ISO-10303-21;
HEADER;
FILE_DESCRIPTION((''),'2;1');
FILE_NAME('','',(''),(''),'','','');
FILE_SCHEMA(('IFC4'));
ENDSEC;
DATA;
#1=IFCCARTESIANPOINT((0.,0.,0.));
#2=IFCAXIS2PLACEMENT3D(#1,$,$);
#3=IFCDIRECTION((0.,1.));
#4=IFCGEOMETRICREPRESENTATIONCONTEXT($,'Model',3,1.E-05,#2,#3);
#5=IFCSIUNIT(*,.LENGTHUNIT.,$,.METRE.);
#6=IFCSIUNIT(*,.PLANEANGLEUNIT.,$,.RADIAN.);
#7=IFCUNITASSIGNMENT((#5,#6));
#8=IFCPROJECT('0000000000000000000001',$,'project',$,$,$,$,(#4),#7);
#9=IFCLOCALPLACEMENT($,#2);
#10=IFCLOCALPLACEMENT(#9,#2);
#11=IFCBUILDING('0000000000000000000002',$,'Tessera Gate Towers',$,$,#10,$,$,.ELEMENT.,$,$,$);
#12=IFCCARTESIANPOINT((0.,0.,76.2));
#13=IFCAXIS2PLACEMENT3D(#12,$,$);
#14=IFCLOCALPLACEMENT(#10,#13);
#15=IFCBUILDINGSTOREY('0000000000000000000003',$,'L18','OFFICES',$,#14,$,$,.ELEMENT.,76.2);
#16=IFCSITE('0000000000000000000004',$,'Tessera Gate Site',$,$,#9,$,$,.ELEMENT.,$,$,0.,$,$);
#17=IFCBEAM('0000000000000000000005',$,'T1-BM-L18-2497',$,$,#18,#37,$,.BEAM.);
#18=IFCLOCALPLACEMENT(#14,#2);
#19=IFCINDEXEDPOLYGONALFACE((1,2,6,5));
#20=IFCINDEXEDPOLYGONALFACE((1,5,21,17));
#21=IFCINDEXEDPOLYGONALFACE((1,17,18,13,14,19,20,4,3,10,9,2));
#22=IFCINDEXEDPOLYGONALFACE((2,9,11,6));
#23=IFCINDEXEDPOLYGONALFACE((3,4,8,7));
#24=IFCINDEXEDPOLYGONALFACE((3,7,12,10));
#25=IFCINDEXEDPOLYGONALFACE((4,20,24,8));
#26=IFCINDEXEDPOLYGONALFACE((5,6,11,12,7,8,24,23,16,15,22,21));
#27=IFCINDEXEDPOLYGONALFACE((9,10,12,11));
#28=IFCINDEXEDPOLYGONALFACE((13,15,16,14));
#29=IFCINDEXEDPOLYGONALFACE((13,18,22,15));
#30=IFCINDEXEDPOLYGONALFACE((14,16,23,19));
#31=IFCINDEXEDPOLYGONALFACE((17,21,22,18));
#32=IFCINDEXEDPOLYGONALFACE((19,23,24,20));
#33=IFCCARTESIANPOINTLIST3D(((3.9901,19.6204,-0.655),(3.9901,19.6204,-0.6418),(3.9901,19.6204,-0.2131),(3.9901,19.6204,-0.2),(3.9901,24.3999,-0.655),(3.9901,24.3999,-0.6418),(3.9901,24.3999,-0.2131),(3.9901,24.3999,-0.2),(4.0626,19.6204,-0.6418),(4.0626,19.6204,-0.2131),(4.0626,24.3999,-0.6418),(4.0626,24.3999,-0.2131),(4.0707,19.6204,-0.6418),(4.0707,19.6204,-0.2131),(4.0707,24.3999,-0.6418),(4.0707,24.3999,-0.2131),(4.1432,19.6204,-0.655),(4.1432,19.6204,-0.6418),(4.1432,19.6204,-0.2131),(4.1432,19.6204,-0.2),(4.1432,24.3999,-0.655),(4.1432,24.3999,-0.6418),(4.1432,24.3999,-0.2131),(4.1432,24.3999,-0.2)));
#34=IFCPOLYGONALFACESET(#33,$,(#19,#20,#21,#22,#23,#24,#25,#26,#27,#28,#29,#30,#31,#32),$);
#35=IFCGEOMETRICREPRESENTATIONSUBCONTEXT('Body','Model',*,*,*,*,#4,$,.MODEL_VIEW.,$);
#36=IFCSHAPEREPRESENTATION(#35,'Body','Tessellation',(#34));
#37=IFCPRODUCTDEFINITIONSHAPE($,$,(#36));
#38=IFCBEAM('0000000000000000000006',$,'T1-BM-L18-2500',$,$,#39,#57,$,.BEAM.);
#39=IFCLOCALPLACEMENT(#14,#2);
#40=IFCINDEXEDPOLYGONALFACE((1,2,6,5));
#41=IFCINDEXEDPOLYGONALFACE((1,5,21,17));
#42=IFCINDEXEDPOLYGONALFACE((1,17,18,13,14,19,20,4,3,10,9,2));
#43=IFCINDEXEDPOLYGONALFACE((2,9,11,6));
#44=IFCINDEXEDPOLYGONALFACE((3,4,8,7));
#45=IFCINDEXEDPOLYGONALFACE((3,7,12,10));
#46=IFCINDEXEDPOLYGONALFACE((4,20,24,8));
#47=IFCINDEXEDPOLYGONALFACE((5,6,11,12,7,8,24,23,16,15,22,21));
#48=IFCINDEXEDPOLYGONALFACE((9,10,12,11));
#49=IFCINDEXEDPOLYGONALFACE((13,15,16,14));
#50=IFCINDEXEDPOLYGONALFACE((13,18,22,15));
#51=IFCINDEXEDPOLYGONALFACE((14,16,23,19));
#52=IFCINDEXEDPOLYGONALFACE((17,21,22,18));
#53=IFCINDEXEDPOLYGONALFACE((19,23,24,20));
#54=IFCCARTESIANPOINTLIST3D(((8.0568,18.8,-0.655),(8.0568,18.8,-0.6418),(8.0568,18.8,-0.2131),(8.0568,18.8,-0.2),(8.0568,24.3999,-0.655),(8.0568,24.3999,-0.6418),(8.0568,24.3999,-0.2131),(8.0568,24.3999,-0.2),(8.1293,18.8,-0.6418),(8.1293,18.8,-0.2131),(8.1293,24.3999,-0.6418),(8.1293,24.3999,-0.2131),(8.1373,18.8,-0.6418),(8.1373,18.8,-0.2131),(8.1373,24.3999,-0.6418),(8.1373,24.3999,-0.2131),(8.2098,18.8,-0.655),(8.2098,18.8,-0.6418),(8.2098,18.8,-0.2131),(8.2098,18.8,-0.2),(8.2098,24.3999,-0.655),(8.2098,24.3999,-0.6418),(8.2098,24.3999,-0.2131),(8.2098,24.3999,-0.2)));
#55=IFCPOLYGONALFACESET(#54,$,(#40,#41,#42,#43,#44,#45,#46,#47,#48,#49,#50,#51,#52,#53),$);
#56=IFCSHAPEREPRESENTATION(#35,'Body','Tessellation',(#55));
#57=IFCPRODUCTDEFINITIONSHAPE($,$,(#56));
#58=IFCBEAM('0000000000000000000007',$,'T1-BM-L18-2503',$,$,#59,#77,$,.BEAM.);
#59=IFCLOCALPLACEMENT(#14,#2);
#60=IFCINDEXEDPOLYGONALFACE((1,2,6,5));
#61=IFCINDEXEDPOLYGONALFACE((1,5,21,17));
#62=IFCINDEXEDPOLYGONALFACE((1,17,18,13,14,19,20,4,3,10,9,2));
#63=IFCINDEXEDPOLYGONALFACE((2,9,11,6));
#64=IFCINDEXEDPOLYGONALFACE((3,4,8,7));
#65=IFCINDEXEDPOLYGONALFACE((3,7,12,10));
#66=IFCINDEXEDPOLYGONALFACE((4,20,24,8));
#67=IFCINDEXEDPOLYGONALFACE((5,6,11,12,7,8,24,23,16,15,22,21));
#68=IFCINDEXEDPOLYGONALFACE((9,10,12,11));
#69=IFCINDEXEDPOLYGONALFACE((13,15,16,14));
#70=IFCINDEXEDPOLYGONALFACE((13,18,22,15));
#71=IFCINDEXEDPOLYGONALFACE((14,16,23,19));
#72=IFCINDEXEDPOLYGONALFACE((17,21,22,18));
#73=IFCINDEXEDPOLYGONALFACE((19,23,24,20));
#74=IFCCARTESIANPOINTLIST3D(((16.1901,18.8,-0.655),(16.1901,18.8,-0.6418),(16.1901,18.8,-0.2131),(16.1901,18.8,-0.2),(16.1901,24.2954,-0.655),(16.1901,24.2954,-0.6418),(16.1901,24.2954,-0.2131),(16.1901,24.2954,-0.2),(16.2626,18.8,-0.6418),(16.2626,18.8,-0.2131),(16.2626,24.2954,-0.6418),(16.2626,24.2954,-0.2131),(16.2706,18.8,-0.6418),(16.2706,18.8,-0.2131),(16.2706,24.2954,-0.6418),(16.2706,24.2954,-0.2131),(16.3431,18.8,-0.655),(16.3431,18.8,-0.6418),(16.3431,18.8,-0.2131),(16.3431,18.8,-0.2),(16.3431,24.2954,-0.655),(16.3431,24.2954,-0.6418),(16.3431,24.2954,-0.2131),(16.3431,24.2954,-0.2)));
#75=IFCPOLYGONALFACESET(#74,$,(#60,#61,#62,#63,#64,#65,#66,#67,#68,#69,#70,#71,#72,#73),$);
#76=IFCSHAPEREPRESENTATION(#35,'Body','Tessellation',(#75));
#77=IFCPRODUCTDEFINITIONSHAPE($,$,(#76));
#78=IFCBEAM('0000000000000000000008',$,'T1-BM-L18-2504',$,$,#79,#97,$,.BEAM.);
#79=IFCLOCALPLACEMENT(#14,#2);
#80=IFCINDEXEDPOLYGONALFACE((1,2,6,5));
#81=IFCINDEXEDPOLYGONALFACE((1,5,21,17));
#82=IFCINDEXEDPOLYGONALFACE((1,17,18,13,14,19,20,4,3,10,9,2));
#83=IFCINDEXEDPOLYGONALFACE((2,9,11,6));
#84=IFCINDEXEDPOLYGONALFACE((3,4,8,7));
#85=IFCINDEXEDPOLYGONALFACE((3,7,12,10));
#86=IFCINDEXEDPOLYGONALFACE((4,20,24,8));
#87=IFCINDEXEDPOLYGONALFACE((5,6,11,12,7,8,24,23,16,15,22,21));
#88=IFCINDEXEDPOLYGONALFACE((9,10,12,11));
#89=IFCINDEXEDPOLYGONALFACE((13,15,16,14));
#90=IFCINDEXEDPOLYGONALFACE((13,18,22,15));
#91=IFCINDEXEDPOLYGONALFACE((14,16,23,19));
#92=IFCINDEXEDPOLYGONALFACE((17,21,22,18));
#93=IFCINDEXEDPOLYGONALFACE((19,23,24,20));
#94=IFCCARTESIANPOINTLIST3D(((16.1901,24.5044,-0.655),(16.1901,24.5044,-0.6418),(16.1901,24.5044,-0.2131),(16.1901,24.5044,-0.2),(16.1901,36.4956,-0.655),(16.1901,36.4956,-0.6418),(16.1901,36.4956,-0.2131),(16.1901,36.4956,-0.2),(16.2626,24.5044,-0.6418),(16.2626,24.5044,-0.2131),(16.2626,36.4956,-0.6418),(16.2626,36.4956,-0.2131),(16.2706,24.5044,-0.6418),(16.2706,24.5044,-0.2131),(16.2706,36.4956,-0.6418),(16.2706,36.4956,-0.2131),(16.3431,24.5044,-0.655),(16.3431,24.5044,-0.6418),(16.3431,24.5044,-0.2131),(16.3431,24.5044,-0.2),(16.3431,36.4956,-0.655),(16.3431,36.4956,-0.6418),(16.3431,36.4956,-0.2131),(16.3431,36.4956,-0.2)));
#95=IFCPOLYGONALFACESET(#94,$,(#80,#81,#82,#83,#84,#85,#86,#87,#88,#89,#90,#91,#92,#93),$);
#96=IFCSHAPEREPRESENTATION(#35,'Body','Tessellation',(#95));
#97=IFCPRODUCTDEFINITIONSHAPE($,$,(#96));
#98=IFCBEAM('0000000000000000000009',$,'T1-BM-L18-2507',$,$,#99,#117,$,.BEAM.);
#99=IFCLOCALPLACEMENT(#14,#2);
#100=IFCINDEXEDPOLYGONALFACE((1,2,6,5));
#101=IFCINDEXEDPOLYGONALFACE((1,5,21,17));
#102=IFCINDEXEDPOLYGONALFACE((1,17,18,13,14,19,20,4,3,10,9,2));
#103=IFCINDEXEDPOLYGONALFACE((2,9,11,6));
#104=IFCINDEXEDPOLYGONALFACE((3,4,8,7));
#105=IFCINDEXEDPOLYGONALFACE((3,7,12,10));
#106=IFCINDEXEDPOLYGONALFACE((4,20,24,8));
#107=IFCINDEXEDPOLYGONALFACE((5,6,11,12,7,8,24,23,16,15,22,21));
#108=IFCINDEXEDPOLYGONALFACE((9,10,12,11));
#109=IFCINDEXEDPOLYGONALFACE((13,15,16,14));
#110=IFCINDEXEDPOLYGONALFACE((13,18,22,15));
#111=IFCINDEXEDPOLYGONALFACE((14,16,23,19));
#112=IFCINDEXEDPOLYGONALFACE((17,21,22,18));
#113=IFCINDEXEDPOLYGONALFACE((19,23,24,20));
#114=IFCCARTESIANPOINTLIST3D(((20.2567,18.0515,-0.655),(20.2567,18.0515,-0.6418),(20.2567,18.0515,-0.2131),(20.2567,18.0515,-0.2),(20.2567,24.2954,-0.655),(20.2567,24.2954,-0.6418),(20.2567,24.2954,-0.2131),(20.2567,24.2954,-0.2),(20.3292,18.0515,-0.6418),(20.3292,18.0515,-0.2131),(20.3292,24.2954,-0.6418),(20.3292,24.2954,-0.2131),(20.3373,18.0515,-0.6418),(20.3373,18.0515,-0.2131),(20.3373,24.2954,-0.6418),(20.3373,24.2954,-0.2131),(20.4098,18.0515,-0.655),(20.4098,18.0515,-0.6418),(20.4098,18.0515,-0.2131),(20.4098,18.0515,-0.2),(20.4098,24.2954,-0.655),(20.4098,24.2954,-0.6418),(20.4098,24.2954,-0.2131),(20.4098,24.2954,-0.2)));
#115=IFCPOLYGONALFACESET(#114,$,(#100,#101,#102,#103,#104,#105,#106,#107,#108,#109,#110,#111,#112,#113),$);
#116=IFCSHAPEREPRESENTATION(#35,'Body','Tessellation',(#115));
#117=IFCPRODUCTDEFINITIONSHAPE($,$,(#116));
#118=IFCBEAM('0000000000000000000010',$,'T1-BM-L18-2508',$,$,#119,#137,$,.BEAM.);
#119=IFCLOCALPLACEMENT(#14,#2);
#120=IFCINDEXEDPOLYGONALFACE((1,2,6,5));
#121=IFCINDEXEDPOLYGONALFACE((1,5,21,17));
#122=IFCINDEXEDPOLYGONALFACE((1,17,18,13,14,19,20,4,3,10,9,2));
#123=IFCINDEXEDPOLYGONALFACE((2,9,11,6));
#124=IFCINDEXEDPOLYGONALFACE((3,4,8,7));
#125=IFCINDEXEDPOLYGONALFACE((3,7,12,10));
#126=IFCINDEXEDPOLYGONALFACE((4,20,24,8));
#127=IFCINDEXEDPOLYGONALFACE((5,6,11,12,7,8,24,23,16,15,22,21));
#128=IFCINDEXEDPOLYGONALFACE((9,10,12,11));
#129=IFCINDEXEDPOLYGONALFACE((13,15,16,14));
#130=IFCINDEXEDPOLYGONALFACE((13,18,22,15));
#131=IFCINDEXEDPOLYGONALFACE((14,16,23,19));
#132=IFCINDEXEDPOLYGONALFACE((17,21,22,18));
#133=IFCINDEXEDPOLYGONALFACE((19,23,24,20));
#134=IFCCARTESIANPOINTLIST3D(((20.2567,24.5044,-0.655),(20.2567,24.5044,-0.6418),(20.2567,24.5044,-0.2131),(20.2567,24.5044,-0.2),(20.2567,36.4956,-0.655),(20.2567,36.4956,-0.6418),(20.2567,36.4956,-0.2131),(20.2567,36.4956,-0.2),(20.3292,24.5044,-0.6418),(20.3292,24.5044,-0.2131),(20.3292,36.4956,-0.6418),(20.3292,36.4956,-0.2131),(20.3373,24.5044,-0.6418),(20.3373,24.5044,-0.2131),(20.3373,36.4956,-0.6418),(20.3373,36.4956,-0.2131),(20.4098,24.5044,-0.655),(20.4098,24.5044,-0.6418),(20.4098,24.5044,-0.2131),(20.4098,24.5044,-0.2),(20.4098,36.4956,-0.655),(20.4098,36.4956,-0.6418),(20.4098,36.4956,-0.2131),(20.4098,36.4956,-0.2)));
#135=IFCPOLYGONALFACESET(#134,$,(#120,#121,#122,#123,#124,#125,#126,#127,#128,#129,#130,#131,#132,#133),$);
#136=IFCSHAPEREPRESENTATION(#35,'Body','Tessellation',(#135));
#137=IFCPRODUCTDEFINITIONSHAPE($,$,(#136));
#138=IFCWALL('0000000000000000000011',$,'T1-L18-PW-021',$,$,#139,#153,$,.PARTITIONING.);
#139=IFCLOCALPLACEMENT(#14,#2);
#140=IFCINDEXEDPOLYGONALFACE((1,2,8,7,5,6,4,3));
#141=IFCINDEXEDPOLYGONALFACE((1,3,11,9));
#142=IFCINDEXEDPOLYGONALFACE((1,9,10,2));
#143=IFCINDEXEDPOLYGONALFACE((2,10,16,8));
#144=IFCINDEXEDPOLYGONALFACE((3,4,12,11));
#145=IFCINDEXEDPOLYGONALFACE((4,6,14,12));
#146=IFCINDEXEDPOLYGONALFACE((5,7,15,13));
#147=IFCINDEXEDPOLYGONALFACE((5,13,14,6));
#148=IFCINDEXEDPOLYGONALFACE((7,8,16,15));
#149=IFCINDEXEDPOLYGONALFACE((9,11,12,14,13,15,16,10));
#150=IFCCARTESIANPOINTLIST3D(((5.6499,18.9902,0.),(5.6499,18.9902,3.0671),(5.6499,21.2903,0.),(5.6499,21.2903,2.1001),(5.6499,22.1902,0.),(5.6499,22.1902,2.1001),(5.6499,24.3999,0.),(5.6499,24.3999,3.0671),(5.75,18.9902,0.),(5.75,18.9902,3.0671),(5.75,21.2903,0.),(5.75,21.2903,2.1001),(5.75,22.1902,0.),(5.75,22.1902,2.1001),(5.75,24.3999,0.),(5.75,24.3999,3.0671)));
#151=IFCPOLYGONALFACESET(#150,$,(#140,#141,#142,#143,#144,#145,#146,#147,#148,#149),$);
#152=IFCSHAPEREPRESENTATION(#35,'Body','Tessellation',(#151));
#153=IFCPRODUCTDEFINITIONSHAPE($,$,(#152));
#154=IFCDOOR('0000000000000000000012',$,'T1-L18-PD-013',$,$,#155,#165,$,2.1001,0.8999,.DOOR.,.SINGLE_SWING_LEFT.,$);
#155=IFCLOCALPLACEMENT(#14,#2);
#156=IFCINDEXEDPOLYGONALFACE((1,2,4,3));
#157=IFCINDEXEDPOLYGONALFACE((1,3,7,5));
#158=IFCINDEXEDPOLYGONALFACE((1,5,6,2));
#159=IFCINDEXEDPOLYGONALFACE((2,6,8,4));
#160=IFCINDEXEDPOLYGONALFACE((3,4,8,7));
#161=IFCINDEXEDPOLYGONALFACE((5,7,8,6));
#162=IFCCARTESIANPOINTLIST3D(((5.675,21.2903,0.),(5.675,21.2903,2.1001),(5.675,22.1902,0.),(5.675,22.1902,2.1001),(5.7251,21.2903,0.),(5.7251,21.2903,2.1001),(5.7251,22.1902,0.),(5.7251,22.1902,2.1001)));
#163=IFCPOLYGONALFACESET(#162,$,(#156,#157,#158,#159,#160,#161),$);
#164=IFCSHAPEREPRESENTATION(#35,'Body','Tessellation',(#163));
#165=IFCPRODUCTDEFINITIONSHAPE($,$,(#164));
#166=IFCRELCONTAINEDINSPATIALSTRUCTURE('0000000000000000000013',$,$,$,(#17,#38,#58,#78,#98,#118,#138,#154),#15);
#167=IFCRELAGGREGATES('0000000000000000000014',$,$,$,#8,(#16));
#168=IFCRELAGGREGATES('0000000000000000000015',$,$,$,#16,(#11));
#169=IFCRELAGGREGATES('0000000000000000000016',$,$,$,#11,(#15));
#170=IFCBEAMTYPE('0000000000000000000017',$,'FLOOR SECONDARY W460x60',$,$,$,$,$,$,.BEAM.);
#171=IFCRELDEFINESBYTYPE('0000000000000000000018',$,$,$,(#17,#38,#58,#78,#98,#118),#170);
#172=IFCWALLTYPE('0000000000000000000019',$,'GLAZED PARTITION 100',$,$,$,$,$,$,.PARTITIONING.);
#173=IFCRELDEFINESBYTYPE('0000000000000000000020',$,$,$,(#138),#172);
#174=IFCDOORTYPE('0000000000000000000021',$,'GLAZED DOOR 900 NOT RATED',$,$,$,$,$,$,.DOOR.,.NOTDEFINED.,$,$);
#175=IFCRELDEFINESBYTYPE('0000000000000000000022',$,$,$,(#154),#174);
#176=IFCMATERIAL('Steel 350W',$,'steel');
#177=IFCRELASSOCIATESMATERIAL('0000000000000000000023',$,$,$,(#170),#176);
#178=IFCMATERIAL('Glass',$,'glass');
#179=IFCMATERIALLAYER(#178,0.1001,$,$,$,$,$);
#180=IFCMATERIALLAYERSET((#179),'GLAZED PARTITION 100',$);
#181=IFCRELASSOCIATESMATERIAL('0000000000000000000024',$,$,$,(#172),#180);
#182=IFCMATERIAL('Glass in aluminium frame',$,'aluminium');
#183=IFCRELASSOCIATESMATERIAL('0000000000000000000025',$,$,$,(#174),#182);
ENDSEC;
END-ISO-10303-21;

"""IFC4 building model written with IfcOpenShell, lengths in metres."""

from ifc_helpers import new_model, si_unit, direction, frame, frame_2d, origin, origin_2d, place, context, subcontext, project, spatial, rectangle, i_section, extrude, source, transform, mapped, material, layer, layer_set, material_profile, profile_set, type_object, element, fill, save


model = new_model("IFC4")

# Units and contexts
model_context = context("Model", 3, precision=1e-05, world=origin(), true_north=direction((0.0, 1.0)))
body_context = subcontext(model_context, "Body", "Model", "MODEL_VIEW")
ifc_project = project(units=[si_unit("LENGTHUNIT", "METRE"), si_unit("PLANEANGLEUNIT", "RADIAN")], contexts=[model_context])

# Site, building, storey
site_placement = place(None, origin())
site = spatial("IfcSite", under=ifc_project, at=site_placement, Name="Tessera Gate Site", CompositionType="ELEMENT", RefElevation=0.0)
building_placement = place(site_placement, origin())
building = spatial("IfcBuilding", under=site, at=building_placement, Name="Tessera Gate Towers", CompositionType="ELEMENT")
storey_placement = place(building_placement, frame((0.0, 0.0, 76.2)))
storey = spatial("IfcBuildingStorey", under=building, at=storey_placement, Name="L18", Description="OFFICES", CompositionType="ELEMENT", Elevation=76.2)

# Beams
ifc_material_1 = material(Name="Steel 350W", Category="steel")
ifc_material_profile_1 = material_profile(ifc_material_1, i_section(OverallWidth=0.1531, OverallDepth=0.4551, WebThickness=0.0081, FlangeThickness=0.0132, at=origin_2d()), Name="W460x60")
ifc_profile_set_1 = profile_set([ifc_material_profile_1], Name="Steel 350W")
beam_type_1 = type_object("IfcBeamType", Name="FLOOR SECONDARY W460x60", PredefinedType="BEAM", material=ifc_profile_set_1)
beam_1_placement = place(storey_placement, frame((4.0667, 19.6204, -0.4275), z_axis=(0.0, 1.0, 0.0), x_axis=(-1.0, 0.0, 0.0)))
element("IfcBeam", 1, at=beam_1_placement, inside=storey, type_object=beam_type_1, Name="T1-BM-L18-2497", PredefinedType="BEAM", context=body_context, shape_type="SweptSolid", body=[
    extrude(i_section(OverallWidth=0.1531, OverallDepth=0.4551, WebThickness=0.0081, FlangeThickness=0.0132, at=origin_2d()), origin(), (0.0, 0.0, 1.0), 4.7795),
])
beam_2_placement = place(storey_placement, frame((8.1333, 18.8, -0.4275), z_axis=(0.0, 1.0, 0.0), x_axis=(-1.0, 0.0, 0.0)))
element("IfcBeam", 2, at=beam_2_placement, inside=storey, type_object=beam_type_1, Name="T1-BM-L18-2500", PredefinedType="BEAM", context=body_context, shape_type="SweptSolid", body=[
    extrude(i_section(OverallWidth=0.1531, OverallDepth=0.4551, WebThickness=0.0081, FlangeThickness=0.0132, at=origin_2d()), origin(), (0.0, 0.0, 1.0), 5.5999),
])
beam_3_placement = place(storey_placement, frame((16.2666, 18.8, -0.4275), z_axis=(0.0, 1.0, 0.0), x_axis=(-1.0, 0.0, 0.0)))
element("IfcBeam", 3, at=beam_3_placement, inside=storey, type_object=beam_type_1, Name="T1-BM-L18-2503", PredefinedType="BEAM", context=body_context, shape_type="SweptSolid", body=[
    extrude(i_section(OverallWidth=0.1531, OverallDepth=0.4551, WebThickness=0.0081, FlangeThickness=0.0132, at=origin_2d()), origin(), (0.0, 0.0, 1.0), 5.4954),
])
beam_4_placement = place(storey_placement, frame((16.2666, 24.5044, -0.4275), z_axis=(0.0, 1.0, 0.0), x_axis=(-1.0, 0.0, 0.0)))
element("IfcBeam", 4, at=beam_4_placement, inside=storey, type_object=beam_type_1, Name="T1-BM-L18-2504", PredefinedType="BEAM", context=body_context, shape_type="SweptSolid", body=[
    extrude(i_section(OverallWidth=0.1531, OverallDepth=0.4551, WebThickness=0.0081, FlangeThickness=0.0132, at=origin_2d()), origin(), (0.0, 0.0, 1.0), 11.9912),
])
beam_5_placement = place(storey_placement, frame((20.3333, 18.0515, -0.4275), z_axis=(0.0, 1.0, 0.0), x_axis=(-1.0, 0.0, 0.0)))
element("IfcBeam", 5, at=beam_5_placement, inside=storey, type_object=beam_type_1, Name="T1-BM-L18-2507", PredefinedType="BEAM", context=body_context, shape_type="SweptSolid", body=[
    extrude(i_section(OverallWidth=0.1531, OverallDepth=0.4551, WebThickness=0.0081, FlangeThickness=0.0132, at=origin_2d()), origin(), (0.0, 0.0, 1.0), 6.2439),
])
beam_6_placement = place(storey_placement, frame((20.3333, 24.5044, -0.4275), z_axis=(0.0, 1.0, 0.0), x_axis=(-1.0, 0.0, 0.0)))
element("IfcBeam", 6, at=beam_6_placement, inside=storey, type_object=beam_type_1, Name="T1-BM-L18-2508", PredefinedType="BEAM", context=body_context, shape_type="SweptSolid", body=[
    extrude(i_section(OverallWidth=0.1531, OverallDepth=0.4551, WebThickness=0.0081, FlangeThickness=0.0132, at=origin_2d()), origin(), (0.0, 0.0, 1.0), 11.9912),
])

# Wall, opening, door
ifc_material_2 = material(Name="Glass", Category="glass")
ifc_layer_1 = layer(ifc_material_2, 0.1001)
ifc_layer_set_1 = layer_set([ifc_layer_1], Name="GLAZED PARTITION 100")
wall_type_1 = type_object("IfcWallType", Name="GLAZED PARTITION 100", PredefinedType="PARTITIONING", material=ifc_layer_set_1)
wall_1_placement = place(storey_placement, frame((5.7, 18.9902, 0.0), z_axis=(0.0, 0.0, 1.0), x_axis=(0.0, 1.0, 0.0)))
wall_1 = element("IfcWall", 7, at=wall_1_placement, inside=storey, type_object=wall_type_1, Name="T1-L18-PW-021", PredefinedType="PARTITIONING", context=body_context, shape_type="SweptSolid", body=[
    extrude(rectangle(XDim=5.4097, YDim=0.1001, at=frame_2d((2.7048, 0.0))), origin(), (0.0, 0.0, 1.0), 3.0671),
])
shared_shape_1 = source(origin(), body_context, "Body", "SweptSolid", [
    extrude(rectangle(XDim=0.8999, YDim=2.1001, at=frame_2d((0.45, 1.05))), frame((0.0, 0.0601, 0.0), z_axis=(0.0, -1.0, 0.0), x_axis=(1.0, 0.0, 0.0)), (0.0, 0.0, 1.0), 0.1201),
])
opening_1_placement = place(wall_1_placement, frame((2.3, 0.0, 0.0)))
opening_1 = element("IfcOpeningElement", 8, at=opening_1_placement, cuts=wall_1, PredefinedType="OPENING", context=body_context, shape_type="MappedRepresentation", body=[
    mapped(shared_shape_1, transform((0.0, 0.0, 0.0), scale=1.0)),
])
ifc_material_3 = material(Name="Glass in aluminium frame", Category="aluminium")
door_type_1 = type_object("IfcDoorType", Name="GLAZED DOOR 900 NOT RATED", OperationType="NOTDEFINED", PredefinedType="DOOR", material=ifc_material_3)
shared_shape_2 = source(origin(), body_context, "Body", "SweptSolid", [
    extrude(rectangle(XDim=0.8999, YDim=2.1001, at=frame_2d((0.45, 1.05))), frame((0.0, 0.0249, 0.0), z_axis=(0.0, -1.0, 0.0), x_axis=(1.0, 0.0, 0.0)), (0.0, 0.0, 1.0), 0.05),
])
door_1_placement = place(opening_1_placement, origin())
door_1 = element("IfcDoor", 9, at=door_1_placement, inside=storey, type_object=door_type_1, Name="T1-L18-PD-013", OperationType="SINGLE_SWING_LEFT", OverallHeight=2.1001, OverallWidth=0.8999, PredefinedType="DOOR", context=body_context, shape_type="MappedRepresentation", body=[
    mapped(shared_shape_2, transform((0.0, 0.0, 0.0), scale=1.0)),
])
fill(opening_1, door_1)

save(model, "model.ifc")
